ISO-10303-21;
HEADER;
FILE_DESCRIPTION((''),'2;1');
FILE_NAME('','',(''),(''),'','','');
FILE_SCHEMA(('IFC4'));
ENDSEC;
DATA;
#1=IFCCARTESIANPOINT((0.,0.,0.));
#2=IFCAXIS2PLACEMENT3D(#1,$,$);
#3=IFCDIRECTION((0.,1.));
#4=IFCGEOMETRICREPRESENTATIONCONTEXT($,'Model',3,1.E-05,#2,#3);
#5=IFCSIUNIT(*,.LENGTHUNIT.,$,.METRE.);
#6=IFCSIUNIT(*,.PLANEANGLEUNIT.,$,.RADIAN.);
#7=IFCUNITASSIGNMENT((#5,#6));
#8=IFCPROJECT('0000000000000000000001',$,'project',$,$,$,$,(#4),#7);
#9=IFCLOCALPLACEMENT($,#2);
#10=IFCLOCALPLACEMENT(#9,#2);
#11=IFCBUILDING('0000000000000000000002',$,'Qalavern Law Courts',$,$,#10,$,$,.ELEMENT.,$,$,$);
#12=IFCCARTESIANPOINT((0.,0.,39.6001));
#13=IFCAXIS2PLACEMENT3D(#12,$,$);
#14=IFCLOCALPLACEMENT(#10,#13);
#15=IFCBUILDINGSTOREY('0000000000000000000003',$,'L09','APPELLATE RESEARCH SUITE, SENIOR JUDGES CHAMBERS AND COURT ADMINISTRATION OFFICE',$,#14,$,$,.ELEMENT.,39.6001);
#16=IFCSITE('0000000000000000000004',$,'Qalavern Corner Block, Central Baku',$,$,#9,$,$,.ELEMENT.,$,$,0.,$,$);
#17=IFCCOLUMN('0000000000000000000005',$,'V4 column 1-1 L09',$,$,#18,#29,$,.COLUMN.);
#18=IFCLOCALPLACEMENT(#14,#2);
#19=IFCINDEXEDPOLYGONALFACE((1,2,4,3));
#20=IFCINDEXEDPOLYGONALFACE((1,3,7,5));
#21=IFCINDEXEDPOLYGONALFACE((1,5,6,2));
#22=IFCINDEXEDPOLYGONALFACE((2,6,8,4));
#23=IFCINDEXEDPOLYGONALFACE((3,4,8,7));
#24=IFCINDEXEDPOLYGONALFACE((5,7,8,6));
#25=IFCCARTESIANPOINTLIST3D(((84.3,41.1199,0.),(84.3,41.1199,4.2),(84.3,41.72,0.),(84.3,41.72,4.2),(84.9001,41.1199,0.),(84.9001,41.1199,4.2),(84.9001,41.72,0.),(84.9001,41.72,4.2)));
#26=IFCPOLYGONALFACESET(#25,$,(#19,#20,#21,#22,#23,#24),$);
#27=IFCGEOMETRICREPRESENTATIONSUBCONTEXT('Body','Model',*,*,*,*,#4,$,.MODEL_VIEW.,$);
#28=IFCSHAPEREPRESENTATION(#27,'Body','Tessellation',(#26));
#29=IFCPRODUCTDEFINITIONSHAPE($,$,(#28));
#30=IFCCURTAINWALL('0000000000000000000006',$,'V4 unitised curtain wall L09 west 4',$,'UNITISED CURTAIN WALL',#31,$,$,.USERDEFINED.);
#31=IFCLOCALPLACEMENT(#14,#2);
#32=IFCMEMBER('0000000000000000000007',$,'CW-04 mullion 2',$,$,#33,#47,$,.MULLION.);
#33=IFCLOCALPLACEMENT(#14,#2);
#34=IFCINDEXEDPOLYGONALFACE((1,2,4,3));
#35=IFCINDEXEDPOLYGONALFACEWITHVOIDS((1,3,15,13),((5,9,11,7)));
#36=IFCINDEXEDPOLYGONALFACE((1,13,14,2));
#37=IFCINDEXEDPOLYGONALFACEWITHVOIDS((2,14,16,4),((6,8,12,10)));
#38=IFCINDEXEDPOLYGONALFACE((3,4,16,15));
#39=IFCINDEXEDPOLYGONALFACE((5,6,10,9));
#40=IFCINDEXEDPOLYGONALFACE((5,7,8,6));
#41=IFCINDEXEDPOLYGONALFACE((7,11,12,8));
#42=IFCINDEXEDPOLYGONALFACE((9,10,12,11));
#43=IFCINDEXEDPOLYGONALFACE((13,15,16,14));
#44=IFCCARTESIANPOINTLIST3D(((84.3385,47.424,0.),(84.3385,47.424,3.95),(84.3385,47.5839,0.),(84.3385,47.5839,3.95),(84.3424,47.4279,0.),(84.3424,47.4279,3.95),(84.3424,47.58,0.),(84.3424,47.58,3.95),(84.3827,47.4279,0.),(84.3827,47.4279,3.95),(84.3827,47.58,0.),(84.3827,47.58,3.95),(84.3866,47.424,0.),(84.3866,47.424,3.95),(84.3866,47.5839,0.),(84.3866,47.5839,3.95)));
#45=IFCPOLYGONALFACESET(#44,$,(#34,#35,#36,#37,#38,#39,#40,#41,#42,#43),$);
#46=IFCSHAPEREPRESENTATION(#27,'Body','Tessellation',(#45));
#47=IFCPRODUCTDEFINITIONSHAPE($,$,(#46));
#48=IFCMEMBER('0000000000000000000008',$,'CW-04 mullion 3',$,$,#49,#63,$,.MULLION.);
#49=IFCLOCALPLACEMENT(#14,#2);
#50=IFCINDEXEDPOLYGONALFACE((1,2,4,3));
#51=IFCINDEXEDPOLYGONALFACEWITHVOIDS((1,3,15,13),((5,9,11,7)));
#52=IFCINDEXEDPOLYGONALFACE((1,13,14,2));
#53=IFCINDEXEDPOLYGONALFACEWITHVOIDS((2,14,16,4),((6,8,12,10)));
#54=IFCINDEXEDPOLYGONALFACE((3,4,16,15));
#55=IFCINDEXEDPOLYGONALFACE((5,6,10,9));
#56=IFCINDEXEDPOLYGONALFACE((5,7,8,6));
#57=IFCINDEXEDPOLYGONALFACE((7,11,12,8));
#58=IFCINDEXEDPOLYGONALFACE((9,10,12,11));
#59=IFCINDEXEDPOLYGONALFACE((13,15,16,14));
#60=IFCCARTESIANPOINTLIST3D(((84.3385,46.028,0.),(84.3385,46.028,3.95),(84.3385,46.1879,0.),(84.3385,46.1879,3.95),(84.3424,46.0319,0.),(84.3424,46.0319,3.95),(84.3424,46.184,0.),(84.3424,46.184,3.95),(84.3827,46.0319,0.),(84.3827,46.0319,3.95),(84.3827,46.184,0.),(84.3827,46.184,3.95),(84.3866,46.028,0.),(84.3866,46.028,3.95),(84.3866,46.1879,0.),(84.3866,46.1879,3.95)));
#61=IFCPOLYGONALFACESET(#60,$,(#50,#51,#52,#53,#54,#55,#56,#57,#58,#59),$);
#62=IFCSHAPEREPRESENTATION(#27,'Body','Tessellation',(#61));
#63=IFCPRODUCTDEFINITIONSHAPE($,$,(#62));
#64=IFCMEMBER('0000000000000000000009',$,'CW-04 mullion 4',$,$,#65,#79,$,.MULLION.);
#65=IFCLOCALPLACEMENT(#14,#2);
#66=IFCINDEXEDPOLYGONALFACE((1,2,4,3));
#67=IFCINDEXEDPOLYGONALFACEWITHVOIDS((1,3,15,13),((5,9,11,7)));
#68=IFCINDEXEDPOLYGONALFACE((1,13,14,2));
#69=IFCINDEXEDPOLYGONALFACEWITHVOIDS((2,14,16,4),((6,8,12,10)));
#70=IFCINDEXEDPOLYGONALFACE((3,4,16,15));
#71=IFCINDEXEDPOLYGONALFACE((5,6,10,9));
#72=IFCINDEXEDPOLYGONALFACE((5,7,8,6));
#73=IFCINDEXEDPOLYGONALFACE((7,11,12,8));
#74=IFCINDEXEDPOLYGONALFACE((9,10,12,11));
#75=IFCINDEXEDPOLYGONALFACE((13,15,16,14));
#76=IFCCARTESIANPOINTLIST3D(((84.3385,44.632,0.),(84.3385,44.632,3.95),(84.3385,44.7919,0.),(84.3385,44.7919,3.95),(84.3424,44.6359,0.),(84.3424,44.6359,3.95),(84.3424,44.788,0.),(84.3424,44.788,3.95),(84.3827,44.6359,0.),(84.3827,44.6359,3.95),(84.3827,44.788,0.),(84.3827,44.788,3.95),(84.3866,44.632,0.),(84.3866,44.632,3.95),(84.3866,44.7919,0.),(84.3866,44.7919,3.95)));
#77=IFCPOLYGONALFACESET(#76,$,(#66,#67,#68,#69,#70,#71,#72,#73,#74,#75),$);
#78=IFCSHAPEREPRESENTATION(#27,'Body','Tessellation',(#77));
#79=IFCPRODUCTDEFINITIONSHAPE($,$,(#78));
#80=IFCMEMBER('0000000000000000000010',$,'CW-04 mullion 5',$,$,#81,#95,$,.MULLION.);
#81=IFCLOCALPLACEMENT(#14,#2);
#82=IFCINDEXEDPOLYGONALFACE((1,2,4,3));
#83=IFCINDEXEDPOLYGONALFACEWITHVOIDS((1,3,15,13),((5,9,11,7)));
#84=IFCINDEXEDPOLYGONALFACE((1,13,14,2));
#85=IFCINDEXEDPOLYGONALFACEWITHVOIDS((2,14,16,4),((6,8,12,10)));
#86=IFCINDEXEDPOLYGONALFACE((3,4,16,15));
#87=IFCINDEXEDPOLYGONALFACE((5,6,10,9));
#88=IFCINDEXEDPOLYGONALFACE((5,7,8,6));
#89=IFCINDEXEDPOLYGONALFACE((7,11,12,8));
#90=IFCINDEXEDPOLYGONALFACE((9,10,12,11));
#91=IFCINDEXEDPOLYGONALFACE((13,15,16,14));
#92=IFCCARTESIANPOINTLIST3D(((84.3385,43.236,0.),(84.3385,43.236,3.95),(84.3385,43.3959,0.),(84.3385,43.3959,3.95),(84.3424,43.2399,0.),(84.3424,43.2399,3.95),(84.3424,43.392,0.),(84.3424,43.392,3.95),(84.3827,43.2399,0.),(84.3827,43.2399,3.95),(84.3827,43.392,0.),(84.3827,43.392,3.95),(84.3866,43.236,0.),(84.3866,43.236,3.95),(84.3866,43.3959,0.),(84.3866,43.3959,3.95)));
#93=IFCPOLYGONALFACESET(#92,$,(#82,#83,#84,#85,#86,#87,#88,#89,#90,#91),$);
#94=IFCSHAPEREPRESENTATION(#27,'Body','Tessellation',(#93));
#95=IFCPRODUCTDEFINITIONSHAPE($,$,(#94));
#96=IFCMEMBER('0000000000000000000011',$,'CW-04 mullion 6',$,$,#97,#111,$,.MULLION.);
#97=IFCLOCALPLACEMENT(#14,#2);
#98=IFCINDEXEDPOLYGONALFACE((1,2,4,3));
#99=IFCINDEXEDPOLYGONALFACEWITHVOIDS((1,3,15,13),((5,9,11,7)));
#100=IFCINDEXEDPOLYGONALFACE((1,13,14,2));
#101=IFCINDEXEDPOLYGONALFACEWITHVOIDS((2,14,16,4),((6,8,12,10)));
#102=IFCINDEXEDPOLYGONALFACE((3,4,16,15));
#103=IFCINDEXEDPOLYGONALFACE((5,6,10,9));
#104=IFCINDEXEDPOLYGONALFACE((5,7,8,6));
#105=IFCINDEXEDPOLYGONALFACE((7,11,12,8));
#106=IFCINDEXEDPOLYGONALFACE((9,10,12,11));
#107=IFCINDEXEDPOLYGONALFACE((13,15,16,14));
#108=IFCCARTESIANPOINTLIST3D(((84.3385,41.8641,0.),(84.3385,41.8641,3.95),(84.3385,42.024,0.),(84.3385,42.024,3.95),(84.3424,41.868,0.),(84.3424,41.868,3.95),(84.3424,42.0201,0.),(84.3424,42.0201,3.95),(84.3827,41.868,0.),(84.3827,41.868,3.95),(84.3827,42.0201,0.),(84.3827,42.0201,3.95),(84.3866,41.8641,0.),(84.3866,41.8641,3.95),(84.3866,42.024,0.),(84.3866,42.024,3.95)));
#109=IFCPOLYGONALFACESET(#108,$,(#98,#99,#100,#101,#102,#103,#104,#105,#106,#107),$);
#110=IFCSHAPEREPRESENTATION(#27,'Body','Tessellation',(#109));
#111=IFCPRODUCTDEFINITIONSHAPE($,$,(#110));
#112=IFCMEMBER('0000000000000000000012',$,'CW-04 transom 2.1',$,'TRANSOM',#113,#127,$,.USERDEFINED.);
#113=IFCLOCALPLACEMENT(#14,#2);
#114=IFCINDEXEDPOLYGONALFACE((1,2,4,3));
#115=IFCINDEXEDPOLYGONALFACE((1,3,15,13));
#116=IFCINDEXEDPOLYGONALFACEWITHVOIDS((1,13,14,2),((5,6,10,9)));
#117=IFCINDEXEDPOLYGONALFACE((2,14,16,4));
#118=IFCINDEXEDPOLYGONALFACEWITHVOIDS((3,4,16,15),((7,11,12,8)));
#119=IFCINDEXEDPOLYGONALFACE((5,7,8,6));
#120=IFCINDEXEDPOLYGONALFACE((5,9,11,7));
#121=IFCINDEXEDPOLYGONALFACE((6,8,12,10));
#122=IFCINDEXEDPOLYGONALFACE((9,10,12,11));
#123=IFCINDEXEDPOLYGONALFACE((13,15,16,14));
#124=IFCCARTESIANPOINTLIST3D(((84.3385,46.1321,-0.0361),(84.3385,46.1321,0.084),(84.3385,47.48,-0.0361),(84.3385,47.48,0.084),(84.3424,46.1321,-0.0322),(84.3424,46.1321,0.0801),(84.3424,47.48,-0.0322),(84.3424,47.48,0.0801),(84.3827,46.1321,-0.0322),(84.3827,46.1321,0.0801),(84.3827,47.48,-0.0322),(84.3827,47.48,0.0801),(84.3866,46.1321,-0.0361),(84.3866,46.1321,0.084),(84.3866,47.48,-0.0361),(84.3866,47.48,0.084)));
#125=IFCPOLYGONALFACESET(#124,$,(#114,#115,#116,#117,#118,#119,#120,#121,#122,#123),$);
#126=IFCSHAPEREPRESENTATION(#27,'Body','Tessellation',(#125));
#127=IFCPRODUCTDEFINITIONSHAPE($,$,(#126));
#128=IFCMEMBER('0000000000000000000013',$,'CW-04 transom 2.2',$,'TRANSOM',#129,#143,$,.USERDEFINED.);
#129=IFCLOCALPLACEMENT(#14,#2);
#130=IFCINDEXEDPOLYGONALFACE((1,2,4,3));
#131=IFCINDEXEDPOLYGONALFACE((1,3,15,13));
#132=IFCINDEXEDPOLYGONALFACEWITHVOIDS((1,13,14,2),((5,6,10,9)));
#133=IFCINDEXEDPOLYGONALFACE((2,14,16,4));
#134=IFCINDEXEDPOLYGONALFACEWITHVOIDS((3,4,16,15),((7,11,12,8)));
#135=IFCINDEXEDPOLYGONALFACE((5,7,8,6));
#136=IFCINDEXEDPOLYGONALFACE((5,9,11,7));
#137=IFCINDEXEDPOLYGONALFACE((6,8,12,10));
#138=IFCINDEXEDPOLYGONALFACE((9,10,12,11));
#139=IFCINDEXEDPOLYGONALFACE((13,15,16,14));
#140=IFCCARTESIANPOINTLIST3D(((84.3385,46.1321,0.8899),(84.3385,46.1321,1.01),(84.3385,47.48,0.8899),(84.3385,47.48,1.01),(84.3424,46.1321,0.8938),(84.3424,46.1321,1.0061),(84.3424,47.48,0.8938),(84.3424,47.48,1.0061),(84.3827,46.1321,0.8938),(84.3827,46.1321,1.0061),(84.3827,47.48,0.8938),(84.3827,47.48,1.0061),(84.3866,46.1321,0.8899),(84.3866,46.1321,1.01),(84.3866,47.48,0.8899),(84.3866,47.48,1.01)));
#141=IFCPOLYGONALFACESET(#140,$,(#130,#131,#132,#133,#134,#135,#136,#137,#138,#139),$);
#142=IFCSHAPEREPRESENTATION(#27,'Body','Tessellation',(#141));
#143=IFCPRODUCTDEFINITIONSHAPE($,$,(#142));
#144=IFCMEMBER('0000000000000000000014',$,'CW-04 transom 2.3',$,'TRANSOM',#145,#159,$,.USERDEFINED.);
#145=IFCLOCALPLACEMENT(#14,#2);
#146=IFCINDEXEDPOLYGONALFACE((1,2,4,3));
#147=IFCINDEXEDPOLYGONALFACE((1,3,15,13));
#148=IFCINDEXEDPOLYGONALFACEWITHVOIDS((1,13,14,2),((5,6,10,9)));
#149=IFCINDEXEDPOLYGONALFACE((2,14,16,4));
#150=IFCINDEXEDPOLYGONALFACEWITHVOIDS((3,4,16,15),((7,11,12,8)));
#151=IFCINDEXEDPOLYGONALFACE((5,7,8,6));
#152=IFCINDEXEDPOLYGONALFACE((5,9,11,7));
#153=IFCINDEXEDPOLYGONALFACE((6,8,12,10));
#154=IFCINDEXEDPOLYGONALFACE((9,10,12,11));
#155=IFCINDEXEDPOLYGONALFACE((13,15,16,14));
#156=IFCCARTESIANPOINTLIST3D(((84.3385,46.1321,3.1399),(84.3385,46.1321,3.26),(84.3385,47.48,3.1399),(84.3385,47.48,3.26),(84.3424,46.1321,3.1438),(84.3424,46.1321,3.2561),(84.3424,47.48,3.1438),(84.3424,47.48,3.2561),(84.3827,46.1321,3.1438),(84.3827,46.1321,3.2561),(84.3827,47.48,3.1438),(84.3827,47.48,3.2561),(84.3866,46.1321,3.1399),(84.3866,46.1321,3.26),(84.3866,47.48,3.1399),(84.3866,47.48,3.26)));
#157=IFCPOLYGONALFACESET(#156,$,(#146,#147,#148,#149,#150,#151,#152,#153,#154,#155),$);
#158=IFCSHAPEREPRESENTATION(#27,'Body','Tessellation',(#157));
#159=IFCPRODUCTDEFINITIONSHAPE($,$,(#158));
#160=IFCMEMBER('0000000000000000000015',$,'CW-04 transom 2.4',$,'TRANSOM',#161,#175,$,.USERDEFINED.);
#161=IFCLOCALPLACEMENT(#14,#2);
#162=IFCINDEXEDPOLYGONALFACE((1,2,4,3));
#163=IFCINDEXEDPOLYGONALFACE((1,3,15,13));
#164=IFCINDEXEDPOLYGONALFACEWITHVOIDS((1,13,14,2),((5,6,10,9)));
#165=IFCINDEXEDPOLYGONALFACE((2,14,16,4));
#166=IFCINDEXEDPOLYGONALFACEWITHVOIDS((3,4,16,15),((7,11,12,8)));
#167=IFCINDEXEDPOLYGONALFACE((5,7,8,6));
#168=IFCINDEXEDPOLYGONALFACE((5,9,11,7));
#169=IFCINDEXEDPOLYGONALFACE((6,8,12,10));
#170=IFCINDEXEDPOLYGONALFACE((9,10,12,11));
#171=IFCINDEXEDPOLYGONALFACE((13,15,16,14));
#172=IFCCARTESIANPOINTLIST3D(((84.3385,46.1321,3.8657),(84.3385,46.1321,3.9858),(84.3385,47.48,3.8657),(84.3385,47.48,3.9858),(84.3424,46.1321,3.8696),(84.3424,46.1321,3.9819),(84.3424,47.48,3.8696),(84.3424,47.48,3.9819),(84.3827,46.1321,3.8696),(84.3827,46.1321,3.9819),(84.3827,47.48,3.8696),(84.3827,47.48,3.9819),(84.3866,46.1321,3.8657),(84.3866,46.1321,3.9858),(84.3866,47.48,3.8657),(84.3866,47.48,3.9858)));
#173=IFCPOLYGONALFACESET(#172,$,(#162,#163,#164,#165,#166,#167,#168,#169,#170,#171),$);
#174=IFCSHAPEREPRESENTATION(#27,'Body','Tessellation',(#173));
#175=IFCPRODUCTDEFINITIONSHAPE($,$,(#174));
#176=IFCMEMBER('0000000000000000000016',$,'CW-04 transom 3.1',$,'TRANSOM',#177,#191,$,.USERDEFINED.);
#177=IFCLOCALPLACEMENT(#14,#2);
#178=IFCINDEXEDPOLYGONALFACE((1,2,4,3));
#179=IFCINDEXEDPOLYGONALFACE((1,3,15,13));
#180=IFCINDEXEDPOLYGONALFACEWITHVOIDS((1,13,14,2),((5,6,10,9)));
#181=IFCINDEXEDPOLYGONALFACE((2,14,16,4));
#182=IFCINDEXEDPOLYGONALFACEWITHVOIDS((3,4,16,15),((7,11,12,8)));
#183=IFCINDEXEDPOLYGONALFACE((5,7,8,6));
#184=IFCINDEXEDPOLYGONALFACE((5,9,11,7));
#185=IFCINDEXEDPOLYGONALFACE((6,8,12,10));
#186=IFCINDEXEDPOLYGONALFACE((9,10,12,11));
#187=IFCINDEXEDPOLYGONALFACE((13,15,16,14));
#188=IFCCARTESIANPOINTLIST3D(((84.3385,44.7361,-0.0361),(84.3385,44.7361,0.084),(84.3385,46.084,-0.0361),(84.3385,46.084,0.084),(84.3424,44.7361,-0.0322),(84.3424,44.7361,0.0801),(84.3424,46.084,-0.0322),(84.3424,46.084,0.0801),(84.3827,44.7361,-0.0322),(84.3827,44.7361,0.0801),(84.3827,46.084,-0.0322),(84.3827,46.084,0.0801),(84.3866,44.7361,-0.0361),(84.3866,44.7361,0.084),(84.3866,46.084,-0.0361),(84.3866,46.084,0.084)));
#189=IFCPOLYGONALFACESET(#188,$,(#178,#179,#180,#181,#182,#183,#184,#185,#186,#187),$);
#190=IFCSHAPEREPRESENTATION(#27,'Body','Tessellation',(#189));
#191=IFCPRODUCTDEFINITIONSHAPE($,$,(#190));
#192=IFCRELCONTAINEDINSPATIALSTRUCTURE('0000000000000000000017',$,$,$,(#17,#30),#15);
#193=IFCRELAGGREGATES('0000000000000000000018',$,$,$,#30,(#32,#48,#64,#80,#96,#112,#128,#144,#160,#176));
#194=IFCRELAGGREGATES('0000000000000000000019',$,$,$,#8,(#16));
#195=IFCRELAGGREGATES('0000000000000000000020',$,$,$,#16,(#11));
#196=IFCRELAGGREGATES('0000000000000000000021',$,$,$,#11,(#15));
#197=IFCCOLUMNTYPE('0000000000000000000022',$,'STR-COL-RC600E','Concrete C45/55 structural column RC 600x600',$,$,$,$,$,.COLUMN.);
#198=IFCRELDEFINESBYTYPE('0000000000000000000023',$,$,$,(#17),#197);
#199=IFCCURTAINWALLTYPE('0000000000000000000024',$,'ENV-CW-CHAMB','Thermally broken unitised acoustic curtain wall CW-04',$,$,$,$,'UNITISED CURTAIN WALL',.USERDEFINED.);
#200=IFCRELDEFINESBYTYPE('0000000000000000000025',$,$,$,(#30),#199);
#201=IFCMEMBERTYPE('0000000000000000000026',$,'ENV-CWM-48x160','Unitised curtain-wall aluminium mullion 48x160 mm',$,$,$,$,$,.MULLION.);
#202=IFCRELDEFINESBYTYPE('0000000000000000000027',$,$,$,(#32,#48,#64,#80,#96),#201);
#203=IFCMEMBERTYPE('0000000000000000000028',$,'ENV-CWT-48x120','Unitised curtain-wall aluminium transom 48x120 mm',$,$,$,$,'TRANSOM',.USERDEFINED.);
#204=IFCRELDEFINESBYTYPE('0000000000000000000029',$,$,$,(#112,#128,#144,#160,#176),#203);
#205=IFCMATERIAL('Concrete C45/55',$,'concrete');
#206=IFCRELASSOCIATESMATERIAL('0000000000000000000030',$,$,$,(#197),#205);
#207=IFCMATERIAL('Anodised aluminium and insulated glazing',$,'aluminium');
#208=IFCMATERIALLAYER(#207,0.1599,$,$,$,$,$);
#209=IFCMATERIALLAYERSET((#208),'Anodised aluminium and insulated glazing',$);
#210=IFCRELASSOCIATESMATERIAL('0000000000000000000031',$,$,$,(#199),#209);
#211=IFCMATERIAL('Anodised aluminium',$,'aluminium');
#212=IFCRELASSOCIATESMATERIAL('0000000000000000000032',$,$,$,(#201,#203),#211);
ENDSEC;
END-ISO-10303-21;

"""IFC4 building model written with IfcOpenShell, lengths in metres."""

from ifc_helpers import new_model, si_unit, direction, frame, origin, origin_2d, place, context, subcontext, project, spatial, rectangle, hollow_rectangle, extrude, material, layer, layer_set, material_profile, profile_set, type_object, element, aggregate, save


model = new_model("IFC4")

# Units and contexts
model_context = context("Model", 3, precision=1e-05, world=origin(), true_north=direction((0.0, 1.0)))
body_context = subcontext(model_context, "Body", "Model", "MODEL_VIEW")
ifc_project = project(units=[si_unit("LENGTHUNIT", "METRE"), si_unit("PLANEANGLEUNIT", "RADIAN")], contexts=[model_context])

# Site, building, storey
site_placement = place(None, origin())
site = spatial("IfcSite", under=ifc_project, at=site_placement, Name="Qalavern Corner Block, Central Baku", CompositionType="ELEMENT", RefElevation=0.0)
building_placement = place(site_placement, origin())
building = spatial("IfcBuilding", under=site, at=building_placement, Name="Qalavern Law Courts", CompositionType="ELEMENT")
storey_placement = place(building_placement, frame((0.0, 0.0, 39.6001)))
storey = spatial("IfcBuildingStorey", under=building, at=storey_placement, Name="L09", Description="APPELLATE RESEARCH SUITE, SENIOR JUDGES CHAMBERS AND COURT ADMINISTRATION OFFICE", CompositionType="ELEMENT", Elevation=39.6001)

# Column
ifc_material_1 = material(Name="Concrete C45/55", Category="concrete")
ifc_material_profile_1 = material_profile(ifc_material_1, rectangle(XDim=0.6001, YDim=0.6001, at=origin_2d()), Name="RC 600x600")
ifc_profile_set_1 = profile_set([ifc_material_profile_1], Name="Concrete C45/55")
column_type = type_object("IfcColumnType", Name="STR-COL-RC600E", Description="Concrete C45/55 structural column RC 600x600", PredefinedType="COLUMN", material=ifc_profile_set_1)
column_placement = place(storey_placement, frame((84.6001, 41.4199, 0.0), z_axis=(0.0, 0.0, 1.0), x_axis=(1.0, 0.0, 0.0)))
element("IfcColumn", 1, at=column_placement, inside=storey, type_object=column_type, Name="V4 column 1-1 L09", PredefinedType="COLUMN", context=body_context, shape_type="SweptSolid", body=[
    extrude(rectangle(XDim=0.6001, YDim=0.6001, at=origin_2d()), origin(), (0.0, 0.0, 1.0), 4.2),
])

# Curtain wall, members
ifc_material_2 = material(Name="Anodised aluminium and insulated glazing", Category="aluminium")
ifc_layer_1 = layer(ifc_material_2, 0.1599)
ifc_layer_set_1 = layer_set([ifc_layer_1], Name="Anodised aluminium and insulated glazing")
curtain_wall_type = type_object("IfcCurtainWallType", Name="ENV-CW-CHAMB", Description="Thermally broken unitised acoustic curtain wall CW-04", ElementType="UNITISED CURTAIN WALL", PredefinedType="USERDEFINED", material=ifc_layer_set_1)
curtain_wall_placement = place(storey_placement, origin())
curtain_wall = element("IfcCurtainWall", 2, at=curtain_wall_placement, inside=storey, type_object=curtain_wall_type, Name="V4 unitised curtain wall L09 west 4", ObjectType="UNITISED CURTAIN WALL", PredefinedType="USERDEFINED")
ifc_material_3 = material(Name="Anodised aluminium", Category="aluminium")
ifc_material_profile_2 = material_profile(ifc_material_3, hollow_rectangle(XDim=0.0481, YDim=0.1599, WallThickness=0.0039, at=origin_2d()), Name="ALU MULLION 48x160")
ifc_profile_set_2 = profile_set([ifc_material_profile_2], Name="Anodised aluminium")
member_type_1 = type_object("IfcMemberType", Name="ENV-CWM-48x160", Description="Unitised curtain-wall aluminium mullion 48x160 mm", PredefinedType="MULLION", material=ifc_profile_set_2)
member_1_placement = place(storey_placement, frame((84.3625, 47.5039, 0.0), z_axis=(0.0, 0.0, 1.0), x_axis=(1.0, 0.0, 0.0)))
member_1 = element("IfcMember", 3, at=member_1_placement, type_object=member_type_1, Name="CW-04 mullion 2", PredefinedType="MULLION", context=body_context, shape_type="SweptSolid", body=[
    extrude(hollow_rectangle(XDim=0.0481, YDim=0.1599, WallThickness=0.0039, at=origin_2d()), origin(), (0.0, 0.0, 1.0), 3.95),
])
member_2_placement = place(storey_placement, frame((84.3625, 46.1079, 0.0), z_axis=(0.0, 0.0, 1.0), x_axis=(1.0, 0.0, 0.0)))
member_2 = element("IfcMember", 4, at=member_2_placement, type_object=member_type_1, Name="CW-04 mullion 3", PredefinedType="MULLION", context=body_context, shape_type="SweptSolid", body=[
    extrude(hollow_rectangle(XDim=0.0481, YDim=0.1599, WallThickness=0.0039, at=origin_2d()), origin(), (0.0, 0.0, 1.0), 3.95),
])
member_3_placement = place(storey_placement, frame((84.3625, 44.7119, 0.0), z_axis=(0.0, 0.0, 1.0), x_axis=(1.0, 0.0, 0.0)))
member_3 = element("IfcMember", 5, at=member_3_placement, type_object=member_type_1, Name="CW-04 mullion 4", PredefinedType="MULLION", context=body_context, shape_type="SweptSolid", body=[
    extrude(hollow_rectangle(XDim=0.0481, YDim=0.1599, WallThickness=0.0039, at=origin_2d()), origin(), (0.0, 0.0, 1.0), 3.95),
])
member_4_placement = place(storey_placement, frame((84.3625, 43.3159, 0.0), z_axis=(0.0, 0.0, 1.0), x_axis=(1.0, 0.0, 0.0)))
member_4 = element("IfcMember", 6, at=member_4_placement, type_object=member_type_1, Name="CW-04 mullion 5", PredefinedType="MULLION", context=body_context, shape_type="SweptSolid", body=[
    extrude(hollow_rectangle(XDim=0.0481, YDim=0.1599, WallThickness=0.0039, at=origin_2d()), origin(), (0.0, 0.0, 1.0), 3.95),
])
member_5_placement = place(storey_placement, frame((84.3625, 41.9441, 0.0), z_axis=(0.0, 0.0, 1.0), x_axis=(1.0, 0.0, 0.0)))
member_5 = element("IfcMember", 7, at=member_5_placement, type_object=member_type_1, Name="CW-04 mullion 6", PredefinedType="MULLION", context=body_context, shape_type="SweptSolid", body=[
    extrude(hollow_rectangle(XDim=0.0481, YDim=0.1599, WallThickness=0.0039, at=origin_2d()), origin(), (0.0, 0.0, 1.0), 3.95),
])
ifc_material_profile_3 = material_profile(ifc_material_3, hollow_rectangle(XDim=0.0481, YDim=0.1201, WallThickness=0.0039, at=origin_2d()), Name="ALU TRANSOM 48x120")
ifc_profile_set_3 = profile_set([ifc_material_profile_3], Name="Anodised aluminium")
member_type_2 = type_object("IfcMemberType", Name="ENV-CWT-48x120", Description="Unitised curtain-wall aluminium transom 48x120 mm", ElementType="TRANSOM", PredefinedType="USERDEFINED", material=ifc_profile_set_3)
member_6_placement = place(storey_placement, frame((84.3625, 47.48, 0.0239), z_axis=(0.0, -1.0, 0.0), x_axis=(1.0, 0.0, 0.0)))
member_6 = element("IfcMember", 8, at=member_6_placement, type_object=member_type_2, Name="CW-04 transom 2.1", ObjectType="TRANSOM", PredefinedType="USERDEFINED", context=body_context, shape_type="SweptSolid", body=[
    extrude(hollow_rectangle(XDim=0.0481, YDim=0.1201, WallThickness=0.0039, at=origin_2d()), origin(), (0.0, 0.0, 1.0), 1.3479),
])
member_7_placement = place(storey_placement, frame((84.3625, 47.48, 0.95), z_axis=(0.0, -1.0, 0.0), x_axis=(1.0, 0.0, 0.0)))
member_7 = element("IfcMember", 9, at=member_7_placement, type_object=member_type_2, Name="CW-04 transom 2.2", ObjectType="TRANSOM", PredefinedType="USERDEFINED", context=body_context, shape_type="SweptSolid", body=[
    extrude(hollow_rectangle(XDim=0.0481, YDim=0.1201, WallThickness=0.0039, at=origin_2d()), origin(), (0.0, 0.0, 1.0), 1.3479),
])
member_8_placement = place(storey_placement, frame((84.3625, 47.48, 3.2), z_axis=(0.0, -1.0, 0.0), x_axis=(1.0, 0.0, 0.0)))
member_8 = element("IfcMember", 10, at=member_8_placement, type_object=member_type_2, Name="CW-04 transom 2.3", ObjectType="TRANSOM", PredefinedType="USERDEFINED", context=body_context, shape_type="SweptSolid", body=[
    extrude(hollow_rectangle(XDim=0.0481, YDim=0.1201, WallThickness=0.0039, at=origin_2d()), origin(), (0.0, 0.0, 1.0), 1.3479),
])
member_9_placement = place(storey_placement, frame((84.3625, 47.48, 3.9258), z_axis=(0.0, -1.0, 0.0), x_axis=(1.0, 0.0, 0.0)))
member_9 = element("IfcMember", 11, at=member_9_placement, type_object=member_type_2, Name="CW-04 transom 2.4", ObjectType="TRANSOM", PredefinedType="USERDEFINED", context=body_context, shape_type="SweptSolid", body=[
    extrude(hollow_rectangle(XDim=0.0481, YDim=0.1201, WallThickness=0.0039, at=origin_2d()), origin(), (0.0, 0.0, 1.0), 1.3479),
])
member_10_placement = place(storey_placement, frame((84.3625, 46.084, 0.0239), z_axis=(0.0, -1.0, 0.0), x_axis=(1.0, 0.0, 0.0)))
member_10 = element("IfcMember", 12, at=member_10_placement, type_object=member_type_2, Name="CW-04 transom 3.1", ObjectType="TRANSOM", PredefinedType="USERDEFINED", context=body_context, shape_type="SweptSolid", body=[
    extrude(hollow_rectangle(XDim=0.0481, YDim=0.1201, WallThickness=0.0039, at=origin_2d()), origin(), (0.0, 0.0, 1.0), 1.3479),
])

aggregate(curtain_wall, [member_1, member_2, member_3, member_4, member_5, member_6, member_7, member_8, member_9, member_10])

save(model, "model.ifc")
